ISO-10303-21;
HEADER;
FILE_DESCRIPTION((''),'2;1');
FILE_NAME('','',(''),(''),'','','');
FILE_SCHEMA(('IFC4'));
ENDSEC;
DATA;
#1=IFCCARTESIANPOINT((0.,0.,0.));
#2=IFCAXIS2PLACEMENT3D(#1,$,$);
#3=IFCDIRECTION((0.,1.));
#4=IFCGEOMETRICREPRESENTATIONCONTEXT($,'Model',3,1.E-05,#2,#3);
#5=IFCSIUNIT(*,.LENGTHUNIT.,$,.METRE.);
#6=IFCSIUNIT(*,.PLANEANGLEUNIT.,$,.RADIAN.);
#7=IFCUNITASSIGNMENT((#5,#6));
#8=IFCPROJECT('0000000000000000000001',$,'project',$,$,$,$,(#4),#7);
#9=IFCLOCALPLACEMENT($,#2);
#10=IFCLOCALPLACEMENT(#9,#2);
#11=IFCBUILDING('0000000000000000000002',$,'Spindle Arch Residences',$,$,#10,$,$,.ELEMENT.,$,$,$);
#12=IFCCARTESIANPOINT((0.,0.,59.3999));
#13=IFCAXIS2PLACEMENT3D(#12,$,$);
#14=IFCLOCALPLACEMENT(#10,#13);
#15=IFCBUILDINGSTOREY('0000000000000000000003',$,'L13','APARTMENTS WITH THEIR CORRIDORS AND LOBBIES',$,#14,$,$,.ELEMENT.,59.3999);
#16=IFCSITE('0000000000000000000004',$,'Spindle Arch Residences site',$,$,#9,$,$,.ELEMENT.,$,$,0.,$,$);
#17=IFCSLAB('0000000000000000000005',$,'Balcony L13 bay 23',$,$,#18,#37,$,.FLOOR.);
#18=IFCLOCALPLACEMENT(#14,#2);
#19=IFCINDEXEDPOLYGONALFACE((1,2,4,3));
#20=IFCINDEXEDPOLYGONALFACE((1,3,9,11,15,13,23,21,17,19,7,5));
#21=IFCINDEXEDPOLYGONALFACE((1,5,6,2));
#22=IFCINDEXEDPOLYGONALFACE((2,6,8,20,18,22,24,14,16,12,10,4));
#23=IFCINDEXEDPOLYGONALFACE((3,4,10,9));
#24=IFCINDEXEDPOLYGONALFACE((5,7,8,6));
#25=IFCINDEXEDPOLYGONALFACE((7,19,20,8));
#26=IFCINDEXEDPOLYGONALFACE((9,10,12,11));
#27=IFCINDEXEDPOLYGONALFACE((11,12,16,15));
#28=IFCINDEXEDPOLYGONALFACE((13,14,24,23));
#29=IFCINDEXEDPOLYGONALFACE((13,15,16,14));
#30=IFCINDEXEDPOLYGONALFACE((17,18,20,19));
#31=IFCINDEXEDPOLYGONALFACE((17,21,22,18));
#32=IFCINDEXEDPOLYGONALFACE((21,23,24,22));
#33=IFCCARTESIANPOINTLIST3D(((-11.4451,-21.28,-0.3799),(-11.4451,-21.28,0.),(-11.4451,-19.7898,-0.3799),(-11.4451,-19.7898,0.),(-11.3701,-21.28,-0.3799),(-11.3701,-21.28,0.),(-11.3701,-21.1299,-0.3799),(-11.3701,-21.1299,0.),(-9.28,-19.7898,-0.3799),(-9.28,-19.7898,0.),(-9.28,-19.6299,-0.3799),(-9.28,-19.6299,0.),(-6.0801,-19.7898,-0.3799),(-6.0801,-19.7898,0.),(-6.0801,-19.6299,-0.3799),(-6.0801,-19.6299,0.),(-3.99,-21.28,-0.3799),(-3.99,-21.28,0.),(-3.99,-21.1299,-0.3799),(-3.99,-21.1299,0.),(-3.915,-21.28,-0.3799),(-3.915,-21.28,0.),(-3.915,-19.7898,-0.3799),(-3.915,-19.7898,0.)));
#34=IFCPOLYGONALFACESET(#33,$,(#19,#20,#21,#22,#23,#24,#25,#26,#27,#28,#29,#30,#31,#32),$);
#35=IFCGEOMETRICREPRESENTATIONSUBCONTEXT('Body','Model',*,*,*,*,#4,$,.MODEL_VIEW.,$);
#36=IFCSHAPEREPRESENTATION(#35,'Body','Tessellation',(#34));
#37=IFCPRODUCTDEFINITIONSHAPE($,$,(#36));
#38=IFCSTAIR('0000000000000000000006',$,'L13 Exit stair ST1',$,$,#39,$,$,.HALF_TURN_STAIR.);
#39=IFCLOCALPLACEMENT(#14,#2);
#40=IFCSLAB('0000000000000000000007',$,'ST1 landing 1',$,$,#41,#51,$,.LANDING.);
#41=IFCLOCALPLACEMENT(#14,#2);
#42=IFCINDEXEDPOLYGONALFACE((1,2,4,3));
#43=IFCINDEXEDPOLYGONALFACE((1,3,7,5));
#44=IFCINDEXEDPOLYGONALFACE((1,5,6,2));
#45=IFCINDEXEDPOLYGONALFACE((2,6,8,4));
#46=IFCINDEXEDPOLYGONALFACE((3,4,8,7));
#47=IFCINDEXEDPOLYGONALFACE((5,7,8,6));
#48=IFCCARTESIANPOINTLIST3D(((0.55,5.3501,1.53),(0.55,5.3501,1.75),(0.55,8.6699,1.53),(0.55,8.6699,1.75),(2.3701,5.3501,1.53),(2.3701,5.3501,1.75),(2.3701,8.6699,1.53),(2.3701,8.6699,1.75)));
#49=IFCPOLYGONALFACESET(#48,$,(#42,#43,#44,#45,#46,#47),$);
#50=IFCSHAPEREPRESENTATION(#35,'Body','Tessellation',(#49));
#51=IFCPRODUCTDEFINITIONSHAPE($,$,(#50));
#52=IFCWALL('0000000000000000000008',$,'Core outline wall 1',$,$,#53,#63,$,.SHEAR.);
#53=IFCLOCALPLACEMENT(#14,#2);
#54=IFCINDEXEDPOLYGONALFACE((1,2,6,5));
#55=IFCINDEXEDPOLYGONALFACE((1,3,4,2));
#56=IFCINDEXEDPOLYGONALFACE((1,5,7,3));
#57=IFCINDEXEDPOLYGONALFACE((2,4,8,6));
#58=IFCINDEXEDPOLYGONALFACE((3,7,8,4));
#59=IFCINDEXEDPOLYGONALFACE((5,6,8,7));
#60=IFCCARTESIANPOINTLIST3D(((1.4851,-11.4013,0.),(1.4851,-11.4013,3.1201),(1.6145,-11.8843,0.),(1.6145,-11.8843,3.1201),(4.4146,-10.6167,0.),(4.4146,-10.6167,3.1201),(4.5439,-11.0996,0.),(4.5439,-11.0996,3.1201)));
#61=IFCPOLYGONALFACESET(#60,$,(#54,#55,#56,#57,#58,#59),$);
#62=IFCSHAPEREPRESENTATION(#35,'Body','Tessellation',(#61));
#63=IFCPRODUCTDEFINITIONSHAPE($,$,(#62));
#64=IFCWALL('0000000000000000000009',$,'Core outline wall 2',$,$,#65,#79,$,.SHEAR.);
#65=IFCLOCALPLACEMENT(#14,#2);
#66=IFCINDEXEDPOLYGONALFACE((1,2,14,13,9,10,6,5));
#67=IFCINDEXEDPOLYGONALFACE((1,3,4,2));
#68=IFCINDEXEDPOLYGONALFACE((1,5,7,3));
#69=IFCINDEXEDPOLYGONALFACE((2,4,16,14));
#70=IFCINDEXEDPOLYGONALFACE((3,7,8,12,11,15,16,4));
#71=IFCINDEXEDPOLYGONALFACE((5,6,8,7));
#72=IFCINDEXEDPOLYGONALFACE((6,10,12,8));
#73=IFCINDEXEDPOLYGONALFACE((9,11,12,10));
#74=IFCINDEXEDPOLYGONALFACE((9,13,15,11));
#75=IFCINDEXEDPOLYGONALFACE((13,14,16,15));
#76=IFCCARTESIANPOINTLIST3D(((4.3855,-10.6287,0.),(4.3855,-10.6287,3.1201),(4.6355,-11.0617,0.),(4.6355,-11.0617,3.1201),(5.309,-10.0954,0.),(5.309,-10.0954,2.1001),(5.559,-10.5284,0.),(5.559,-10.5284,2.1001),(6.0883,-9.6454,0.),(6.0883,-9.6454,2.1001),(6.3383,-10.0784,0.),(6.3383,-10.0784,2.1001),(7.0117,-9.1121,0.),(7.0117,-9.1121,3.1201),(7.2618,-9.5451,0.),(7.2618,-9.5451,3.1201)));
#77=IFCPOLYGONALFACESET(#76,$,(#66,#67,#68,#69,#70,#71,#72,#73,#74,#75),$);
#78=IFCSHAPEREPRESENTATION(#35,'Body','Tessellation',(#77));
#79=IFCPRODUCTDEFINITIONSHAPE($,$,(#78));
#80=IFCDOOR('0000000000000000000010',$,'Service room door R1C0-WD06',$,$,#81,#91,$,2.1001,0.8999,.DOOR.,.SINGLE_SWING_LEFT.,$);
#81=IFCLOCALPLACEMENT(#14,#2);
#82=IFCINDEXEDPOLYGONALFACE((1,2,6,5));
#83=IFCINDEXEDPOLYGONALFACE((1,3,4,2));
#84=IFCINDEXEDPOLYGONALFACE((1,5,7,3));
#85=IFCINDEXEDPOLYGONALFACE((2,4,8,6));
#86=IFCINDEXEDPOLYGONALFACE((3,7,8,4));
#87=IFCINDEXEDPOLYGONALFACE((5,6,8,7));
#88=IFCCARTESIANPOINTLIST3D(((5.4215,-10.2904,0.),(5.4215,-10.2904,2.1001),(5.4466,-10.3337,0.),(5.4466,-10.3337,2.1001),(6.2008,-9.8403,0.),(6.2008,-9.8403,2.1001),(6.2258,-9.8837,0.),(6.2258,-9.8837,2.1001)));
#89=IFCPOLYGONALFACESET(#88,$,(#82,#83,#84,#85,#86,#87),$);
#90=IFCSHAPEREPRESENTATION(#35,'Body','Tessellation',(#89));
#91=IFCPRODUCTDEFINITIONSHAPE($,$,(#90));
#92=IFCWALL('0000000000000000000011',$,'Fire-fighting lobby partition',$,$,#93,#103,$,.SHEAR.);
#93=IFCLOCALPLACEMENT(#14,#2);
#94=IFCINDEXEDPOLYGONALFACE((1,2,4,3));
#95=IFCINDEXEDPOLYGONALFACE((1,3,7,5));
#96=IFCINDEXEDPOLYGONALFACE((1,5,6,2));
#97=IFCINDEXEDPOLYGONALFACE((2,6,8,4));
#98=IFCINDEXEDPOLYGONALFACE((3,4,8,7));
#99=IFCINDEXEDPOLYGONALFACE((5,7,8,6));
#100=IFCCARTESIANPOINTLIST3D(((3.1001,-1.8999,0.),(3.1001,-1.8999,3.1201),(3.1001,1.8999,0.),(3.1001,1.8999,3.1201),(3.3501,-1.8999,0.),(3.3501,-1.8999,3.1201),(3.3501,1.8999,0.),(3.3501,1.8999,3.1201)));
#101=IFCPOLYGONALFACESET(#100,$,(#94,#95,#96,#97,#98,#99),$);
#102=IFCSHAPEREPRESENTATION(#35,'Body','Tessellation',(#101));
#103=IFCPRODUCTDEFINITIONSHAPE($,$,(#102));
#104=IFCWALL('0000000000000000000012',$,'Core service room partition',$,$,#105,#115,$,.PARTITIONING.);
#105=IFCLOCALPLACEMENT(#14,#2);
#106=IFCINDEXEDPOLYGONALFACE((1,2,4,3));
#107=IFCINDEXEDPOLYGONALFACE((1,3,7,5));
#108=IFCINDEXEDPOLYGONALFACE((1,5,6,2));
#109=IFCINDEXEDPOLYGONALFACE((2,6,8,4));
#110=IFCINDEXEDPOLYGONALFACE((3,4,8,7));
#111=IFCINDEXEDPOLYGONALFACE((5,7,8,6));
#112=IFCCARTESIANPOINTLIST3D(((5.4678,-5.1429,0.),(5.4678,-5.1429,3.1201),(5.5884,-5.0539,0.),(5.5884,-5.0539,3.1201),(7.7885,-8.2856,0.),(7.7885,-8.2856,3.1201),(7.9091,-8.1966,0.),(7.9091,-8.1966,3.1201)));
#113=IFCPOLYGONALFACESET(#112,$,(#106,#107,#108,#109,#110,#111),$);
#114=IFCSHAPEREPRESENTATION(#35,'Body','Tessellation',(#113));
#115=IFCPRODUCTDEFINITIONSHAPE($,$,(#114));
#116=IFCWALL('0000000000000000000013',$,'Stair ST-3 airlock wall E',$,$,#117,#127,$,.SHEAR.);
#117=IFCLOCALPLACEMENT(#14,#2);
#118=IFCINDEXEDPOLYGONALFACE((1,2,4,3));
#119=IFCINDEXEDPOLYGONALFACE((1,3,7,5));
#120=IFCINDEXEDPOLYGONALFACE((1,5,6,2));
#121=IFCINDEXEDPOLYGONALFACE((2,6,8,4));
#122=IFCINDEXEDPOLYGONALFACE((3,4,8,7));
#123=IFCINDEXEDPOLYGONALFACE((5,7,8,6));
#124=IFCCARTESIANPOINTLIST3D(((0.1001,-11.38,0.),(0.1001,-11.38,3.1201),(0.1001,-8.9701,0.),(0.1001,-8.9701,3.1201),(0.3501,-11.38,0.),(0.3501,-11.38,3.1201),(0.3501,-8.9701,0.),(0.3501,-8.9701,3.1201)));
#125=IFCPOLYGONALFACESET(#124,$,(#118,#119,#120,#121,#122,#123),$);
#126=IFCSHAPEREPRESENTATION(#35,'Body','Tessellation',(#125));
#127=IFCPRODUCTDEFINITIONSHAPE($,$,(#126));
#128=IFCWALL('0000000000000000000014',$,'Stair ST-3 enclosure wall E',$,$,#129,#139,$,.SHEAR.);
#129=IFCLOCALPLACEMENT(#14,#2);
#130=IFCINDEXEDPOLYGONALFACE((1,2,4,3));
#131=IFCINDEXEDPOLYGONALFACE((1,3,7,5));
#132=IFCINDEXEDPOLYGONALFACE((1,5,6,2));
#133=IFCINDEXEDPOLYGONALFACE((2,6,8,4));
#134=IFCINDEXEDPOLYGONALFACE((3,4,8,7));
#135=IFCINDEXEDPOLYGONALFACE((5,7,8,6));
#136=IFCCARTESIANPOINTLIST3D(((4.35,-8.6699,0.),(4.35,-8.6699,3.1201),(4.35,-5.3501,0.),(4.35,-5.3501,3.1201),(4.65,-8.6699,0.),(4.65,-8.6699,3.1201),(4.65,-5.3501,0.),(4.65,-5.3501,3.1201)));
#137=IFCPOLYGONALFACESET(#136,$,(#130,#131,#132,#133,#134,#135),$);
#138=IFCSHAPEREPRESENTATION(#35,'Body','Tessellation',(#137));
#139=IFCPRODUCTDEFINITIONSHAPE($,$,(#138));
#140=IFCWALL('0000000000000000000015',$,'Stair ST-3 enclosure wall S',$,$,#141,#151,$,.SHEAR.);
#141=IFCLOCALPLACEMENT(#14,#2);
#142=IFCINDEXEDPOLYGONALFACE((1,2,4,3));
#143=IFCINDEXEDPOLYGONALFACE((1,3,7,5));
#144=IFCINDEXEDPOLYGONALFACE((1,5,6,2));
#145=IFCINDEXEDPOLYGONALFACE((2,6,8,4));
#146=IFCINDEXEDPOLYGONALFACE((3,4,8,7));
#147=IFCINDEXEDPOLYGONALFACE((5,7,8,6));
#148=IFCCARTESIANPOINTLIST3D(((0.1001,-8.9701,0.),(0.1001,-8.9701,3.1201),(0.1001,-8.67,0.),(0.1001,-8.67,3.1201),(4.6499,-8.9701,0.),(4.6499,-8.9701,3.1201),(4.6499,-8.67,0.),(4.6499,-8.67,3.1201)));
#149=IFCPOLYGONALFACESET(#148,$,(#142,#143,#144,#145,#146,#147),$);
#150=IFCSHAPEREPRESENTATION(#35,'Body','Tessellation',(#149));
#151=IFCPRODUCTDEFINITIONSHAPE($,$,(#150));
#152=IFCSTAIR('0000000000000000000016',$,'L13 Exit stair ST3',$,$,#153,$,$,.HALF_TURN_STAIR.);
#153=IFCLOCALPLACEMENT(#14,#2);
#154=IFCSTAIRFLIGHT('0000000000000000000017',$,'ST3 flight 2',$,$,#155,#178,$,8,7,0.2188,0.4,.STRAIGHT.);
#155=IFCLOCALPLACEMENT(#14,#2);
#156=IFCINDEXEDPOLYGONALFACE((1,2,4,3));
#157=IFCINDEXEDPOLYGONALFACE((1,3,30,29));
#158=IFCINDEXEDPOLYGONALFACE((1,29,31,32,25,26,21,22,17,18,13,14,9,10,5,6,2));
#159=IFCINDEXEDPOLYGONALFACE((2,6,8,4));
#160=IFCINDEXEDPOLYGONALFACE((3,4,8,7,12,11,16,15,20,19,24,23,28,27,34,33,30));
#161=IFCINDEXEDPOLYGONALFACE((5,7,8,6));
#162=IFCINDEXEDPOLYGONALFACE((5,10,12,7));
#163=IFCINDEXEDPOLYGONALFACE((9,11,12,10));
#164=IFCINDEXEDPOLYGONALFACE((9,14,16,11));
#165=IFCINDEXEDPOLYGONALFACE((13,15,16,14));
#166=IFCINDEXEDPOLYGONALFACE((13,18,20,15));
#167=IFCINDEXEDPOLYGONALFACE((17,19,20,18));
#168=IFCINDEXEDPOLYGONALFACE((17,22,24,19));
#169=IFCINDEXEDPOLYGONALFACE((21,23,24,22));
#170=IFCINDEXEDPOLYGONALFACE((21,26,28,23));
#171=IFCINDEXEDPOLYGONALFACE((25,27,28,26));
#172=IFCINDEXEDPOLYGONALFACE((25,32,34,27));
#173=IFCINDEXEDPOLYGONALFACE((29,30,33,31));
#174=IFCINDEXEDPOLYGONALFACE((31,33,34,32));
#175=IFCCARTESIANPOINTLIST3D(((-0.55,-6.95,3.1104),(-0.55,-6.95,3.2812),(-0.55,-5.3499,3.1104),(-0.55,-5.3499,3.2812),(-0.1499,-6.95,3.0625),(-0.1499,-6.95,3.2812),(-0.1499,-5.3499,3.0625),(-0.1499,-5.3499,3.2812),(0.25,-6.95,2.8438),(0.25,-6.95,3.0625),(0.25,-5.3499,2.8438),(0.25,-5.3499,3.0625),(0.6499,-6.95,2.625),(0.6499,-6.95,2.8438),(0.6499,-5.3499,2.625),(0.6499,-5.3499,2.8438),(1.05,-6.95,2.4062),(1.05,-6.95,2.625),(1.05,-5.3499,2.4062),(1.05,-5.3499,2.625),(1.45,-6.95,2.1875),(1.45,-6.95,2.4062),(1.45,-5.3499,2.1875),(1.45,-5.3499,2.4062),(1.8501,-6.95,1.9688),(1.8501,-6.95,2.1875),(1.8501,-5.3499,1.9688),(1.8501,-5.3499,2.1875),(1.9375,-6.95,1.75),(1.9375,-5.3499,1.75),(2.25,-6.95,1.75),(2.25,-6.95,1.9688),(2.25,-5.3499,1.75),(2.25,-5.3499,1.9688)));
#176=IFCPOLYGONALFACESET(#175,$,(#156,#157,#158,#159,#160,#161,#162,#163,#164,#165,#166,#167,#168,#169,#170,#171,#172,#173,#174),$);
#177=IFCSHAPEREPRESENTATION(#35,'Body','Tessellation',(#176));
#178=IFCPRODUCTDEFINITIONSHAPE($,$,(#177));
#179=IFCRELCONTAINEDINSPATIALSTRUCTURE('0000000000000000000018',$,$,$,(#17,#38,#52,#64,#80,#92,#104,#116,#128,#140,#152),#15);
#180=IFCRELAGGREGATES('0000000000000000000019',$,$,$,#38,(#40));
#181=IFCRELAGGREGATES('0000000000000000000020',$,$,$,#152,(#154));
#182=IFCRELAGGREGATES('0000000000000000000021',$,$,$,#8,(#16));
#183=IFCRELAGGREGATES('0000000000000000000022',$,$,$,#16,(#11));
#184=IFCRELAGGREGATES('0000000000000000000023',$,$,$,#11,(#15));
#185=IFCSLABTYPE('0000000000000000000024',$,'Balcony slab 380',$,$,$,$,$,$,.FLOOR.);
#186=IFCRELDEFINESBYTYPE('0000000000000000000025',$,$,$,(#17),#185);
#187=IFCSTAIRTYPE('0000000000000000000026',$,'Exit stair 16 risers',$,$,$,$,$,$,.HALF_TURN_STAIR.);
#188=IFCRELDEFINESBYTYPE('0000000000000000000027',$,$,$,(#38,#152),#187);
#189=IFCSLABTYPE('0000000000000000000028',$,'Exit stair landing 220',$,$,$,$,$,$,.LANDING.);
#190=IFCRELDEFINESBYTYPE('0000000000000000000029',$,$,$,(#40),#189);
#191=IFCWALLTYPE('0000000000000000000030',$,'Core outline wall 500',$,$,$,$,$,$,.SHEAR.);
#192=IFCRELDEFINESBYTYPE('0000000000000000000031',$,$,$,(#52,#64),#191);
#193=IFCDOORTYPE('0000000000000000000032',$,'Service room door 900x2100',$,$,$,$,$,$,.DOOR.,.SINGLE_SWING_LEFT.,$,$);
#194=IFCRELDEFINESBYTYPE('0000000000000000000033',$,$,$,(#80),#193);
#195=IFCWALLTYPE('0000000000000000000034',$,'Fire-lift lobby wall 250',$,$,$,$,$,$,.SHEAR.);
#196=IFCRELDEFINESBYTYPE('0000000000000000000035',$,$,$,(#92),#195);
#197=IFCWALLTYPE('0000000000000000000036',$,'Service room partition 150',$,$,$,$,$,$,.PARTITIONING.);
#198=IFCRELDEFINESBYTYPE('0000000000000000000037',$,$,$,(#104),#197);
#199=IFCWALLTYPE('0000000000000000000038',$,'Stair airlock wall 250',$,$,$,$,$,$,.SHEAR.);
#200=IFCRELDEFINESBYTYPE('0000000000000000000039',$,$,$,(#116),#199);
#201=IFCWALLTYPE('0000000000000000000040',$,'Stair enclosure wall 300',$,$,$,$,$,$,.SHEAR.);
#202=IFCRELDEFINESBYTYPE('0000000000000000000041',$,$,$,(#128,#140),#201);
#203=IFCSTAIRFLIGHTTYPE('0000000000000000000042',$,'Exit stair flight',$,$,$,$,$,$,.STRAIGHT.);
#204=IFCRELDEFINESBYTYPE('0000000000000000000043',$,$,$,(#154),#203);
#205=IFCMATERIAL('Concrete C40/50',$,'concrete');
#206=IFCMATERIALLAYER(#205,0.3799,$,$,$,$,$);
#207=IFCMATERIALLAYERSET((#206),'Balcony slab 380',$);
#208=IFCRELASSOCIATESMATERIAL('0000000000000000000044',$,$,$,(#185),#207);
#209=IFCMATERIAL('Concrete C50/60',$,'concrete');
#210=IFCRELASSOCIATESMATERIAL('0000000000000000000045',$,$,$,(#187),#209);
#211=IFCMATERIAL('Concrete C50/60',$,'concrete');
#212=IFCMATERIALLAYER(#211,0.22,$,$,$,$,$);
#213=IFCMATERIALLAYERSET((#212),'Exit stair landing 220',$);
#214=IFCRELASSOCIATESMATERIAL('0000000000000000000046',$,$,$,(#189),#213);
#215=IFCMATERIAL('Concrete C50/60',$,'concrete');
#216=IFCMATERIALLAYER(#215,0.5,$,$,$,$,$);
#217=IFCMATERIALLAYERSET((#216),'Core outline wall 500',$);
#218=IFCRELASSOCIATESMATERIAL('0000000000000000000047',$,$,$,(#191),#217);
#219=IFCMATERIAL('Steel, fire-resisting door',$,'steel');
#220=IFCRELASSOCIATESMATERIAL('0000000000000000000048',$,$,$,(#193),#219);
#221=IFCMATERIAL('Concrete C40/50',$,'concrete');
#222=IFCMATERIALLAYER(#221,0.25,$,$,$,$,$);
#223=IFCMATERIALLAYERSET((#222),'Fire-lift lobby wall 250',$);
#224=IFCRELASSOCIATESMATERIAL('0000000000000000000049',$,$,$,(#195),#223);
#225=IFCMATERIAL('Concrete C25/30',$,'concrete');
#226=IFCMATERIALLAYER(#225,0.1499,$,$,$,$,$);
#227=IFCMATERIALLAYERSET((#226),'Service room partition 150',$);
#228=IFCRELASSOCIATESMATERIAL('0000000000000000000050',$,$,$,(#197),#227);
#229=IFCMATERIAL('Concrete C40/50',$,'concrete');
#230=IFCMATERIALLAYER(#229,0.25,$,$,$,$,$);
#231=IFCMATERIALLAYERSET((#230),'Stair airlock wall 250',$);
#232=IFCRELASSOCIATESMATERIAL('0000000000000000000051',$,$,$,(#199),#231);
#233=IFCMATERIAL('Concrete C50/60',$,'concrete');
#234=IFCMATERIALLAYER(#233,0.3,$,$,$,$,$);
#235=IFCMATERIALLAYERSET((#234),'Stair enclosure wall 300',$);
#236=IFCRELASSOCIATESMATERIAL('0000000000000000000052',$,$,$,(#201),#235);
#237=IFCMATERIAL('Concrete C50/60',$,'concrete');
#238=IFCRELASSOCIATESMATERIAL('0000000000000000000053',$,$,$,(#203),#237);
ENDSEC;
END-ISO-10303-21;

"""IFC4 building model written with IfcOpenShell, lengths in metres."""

from ifc_helpers import new_model, si_unit, direction, frame, frame_2d, origin, place, context, subcontext, project, spatial, polyline, rectangle, outline, extrude, material, layer, layer_set, type_object, element, fill, aggregate, save


model = new_model("IFC4")

# Units and contexts
model_context = context("Model", 3, precision=1e-05, world=origin(), true_north=direction((0.0, 1.0)))
body_context = subcontext(model_context, "Body", "Model", "MODEL_VIEW")
ifc_project = project(units=[si_unit("LENGTHUNIT", "METRE"), si_unit("PLANEANGLEUNIT", "RADIAN")], contexts=[model_context])

# Site, building, storey
site_placement = place(None, origin())
site = spatial("IfcSite", under=ifc_project, at=site_placement, Name="Spindle Arch Residences site", CompositionType="ELEMENT", RefElevation=0.0)
building_placement = place(site_placement, origin())
building = spatial("IfcBuilding", under=site, at=building_placement, Name="Spindle Arch Residences", CompositionType="ELEMENT")
storey_placement = place(building_placement, frame((0.0, 0.0, 59.3999)))
storey = spatial("IfcBuildingStorey", under=building, at=storey_placement, Name="L13", Description="APARTMENTS WITH THEIR CORRIDORS AND LOBBIES", CompositionType="ELEMENT", Elevation=59.3999)

# Slab
ifc_material_1 = material(Name="Concrete C40/50", Category="concrete")
ifc_layer_1 = layer(ifc_material_1, 0.3799)
ifc_layer_set_1 = layer_set([ifc_layer_1], Name="Balcony slab 380")
slab_type_1 = type_object("IfcSlabType", Name="Balcony slab 380", PredefinedType="FLOOR", material=ifc_layer_set_1)
slab_1_placement = place(storey_placement, frame((0.0, 0.0, -0.3799)))
element("IfcSlab", 1, at=slab_1_placement, inside=storey, type_object=slab_type_1, Name="Balcony L13 bay 23", PredefinedType="FLOOR", context=body_context, shape_type="SweptSolid", body=[
    extrude(outline(polyline([(-11.4451, -21.28), (-11.3701, -21.28), (-11.3701, -21.1299), (-3.99, -21.1299), (-3.99, -21.28), (-3.915, -21.28), (-3.915, -19.7898), (-6.0801, -19.7898), (-6.0801, -19.6299), (-9.28, -19.6299), (-9.28, -19.7898), (-11.4451, -19.7898), (-11.4451, -21.28)])), origin(), (0.0, 0.0, 1.0), 0.3799),
])

# Stair, slab
ifc_material_2 = material(Name="Concrete C50/60", Category="concrete")
stair_type = type_object("IfcStairType", Name="Exit stair 16 risers", PredefinedType="HALF_TURN_STAIR", material=ifc_material_2)
stair_1_placement = place(storey_placement, origin())
stair_1 = element("IfcStair", 2, at=stair_1_placement, inside=storey, type_object=stair_type, Name="L13 Exit stair ST1", PredefinedType="HALF_TURN_STAIR")
ifc_material_3 = material(Name="Concrete C50/60", Category="concrete")
ifc_layer_2 = layer(ifc_material_3, 0.22)
ifc_layer_set_2 = layer_set([ifc_layer_2], Name="Exit stair landing 220")
slab_type_2 = type_object("IfcSlabType", Name="Exit stair landing 220", PredefinedType="LANDING", material=ifc_layer_set_2)
slab_2_placement = place(storey_placement, frame((0.0, 0.0, 1.53)))
slab_2 = element("IfcSlab", 3, at=slab_2_placement, type_object=slab_type_2, Name="ST1 landing 1", PredefinedType="LANDING", context=body_context, shape_type="SweptSolid", body=[
    extrude(outline(polyline([(2.3701, 8.6699), (0.55, 8.6699), (0.55, 5.3501), (2.3701, 5.3501), (2.3701, 8.6699)])), origin(), (0.0, 0.0, 1.0), 0.22),
])
aggregate(stair_1, [slab_2])

# Wall
ifc_material_4 = material(Name="Concrete C50/60", Category="concrete")
ifc_layer_3 = layer(ifc_material_4, 0.5)
ifc_layer_set_3 = layer_set([ifc_layer_3], Name="Core outline wall 500")
wall_type_1 = type_object("IfcWallType", Name="Core outline wall 500", PredefinedType="SHEAR", material=ifc_layer_set_3)
wall_1_placement = place(storey_placement, frame((1.5498, -11.6428, 0.0), z_axis=(0.0, 0.0, 1.0), x_axis=(0.965948, 0.258735, 0.0)))
element("IfcWall", 4, at=wall_1_placement, inside=storey, type_object=wall_type_1, Name="Core outline wall 1", PredefinedType="SHEAR", context=body_context, shape_type="SweptSolid", body=[
    extrude(rectangle(XDim=3.0327, YDim=0.5, at=frame_2d((1.5164, 0.0))), origin(), (0.0, 0.0, 1.0), 3.1201),
])

# Wall, opening, door
wall_2_placement = place(storey_placement, frame((4.5105, -10.8452, 0.0), z_axis=(0.0, 0.0, 1.0), x_axis=(0.865975, 0.500087, 0.0)))
wall_2 = element("IfcWall", 5, at=wall_2_placement, inside=storey, type_object=wall_type_1, Name="Core outline wall 2", PredefinedType="SHEAR", context=body_context, shape_type="SweptSolid", body=[
    extrude(rectangle(XDim=3.0327, YDim=0.5, at=frame_2d((1.5164, 0.0))), origin(), (0.0, 0.0, 1.0), 3.1201),
])
opening_1_placement = place(wall_2_placement, frame((1.0664, 0.0, 0.0)))
opening_1 = element("IfcOpeningElement", 6, at=opening_1_placement, cuts=wall_2, PredefinedType="OPENING", context=body_context, shape_type="SweptSolid", body=[
    extrude(rectangle(XDim=0.8999, YDim=2.1001, at=frame_2d((0.45, 1.05))), frame((0.0, 0.26, 0.0), z_axis=(0.0, -1.0, 0.0), x_axis=(1.0, 0.0, 0.0)), (0.0, 0.0, 1.0), 0.52),
])
ifc_material_5 = material(Name="Steel, fire-resisting door", Category="steel")
door_type_1 = type_object("IfcDoorType", Name="Service room door 900x2100", OperationType="SINGLE_SWING_LEFT", PredefinedType="DOOR", material=ifc_material_5)
door_1_placement = place(opening_1_placement, origin())
door_1 = element("IfcDoor", 7, at=door_1_placement, inside=storey, type_object=door_type_1, Name="Service room door R1C0-WD06", OperationType="SINGLE_SWING_LEFT", OverallHeight=2.1001, OverallWidth=0.8999, PredefinedType="DOOR", context=body_context, shape_type="SweptSolid", body=[
    extrude(rectangle(XDim=0.8999, YDim=2.1001, at=frame_2d((0.45, 1.05))), frame((0.0, 0.0249, 0.0), z_axis=(0.0, -1.0, 0.0), x_axis=(1.0, 0.0, 0.0)), (0.0, 0.0, 1.0), 0.05),
])
fill(opening_1, door_1)

# Wall
ifc_material_6 = material(Name="Concrete C40/50", Category="concrete")
ifc_layer_4 = layer(ifc_material_6, 0.25)
ifc_layer_set_4 = layer_set([ifc_layer_4], Name="Fire-lift lobby wall 250")
wall_type_2 = type_object("IfcWallType", Name="Fire-lift lobby wall 250", PredefinedType="SHEAR", material=ifc_layer_set_4)
wall_3_placement = place(storey_placement, frame((3.2251, -1.8999, 0.0), z_axis=(0.0, 0.0, 1.0), x_axis=(0.0, 1.0, 0.0)))
element("IfcWall", 8, at=wall_3_placement, inside=storey, type_object=wall_type_2, Name="Fire-fighting lobby partition", PredefinedType="SHEAR", context=body_context, shape_type="SweptSolid", body=[
    extrude(rectangle(XDim=3.7998, YDim=0.25, at=frame_2d((1.8999, 0.0))), origin(), (0.0, 0.0, 1.0), 3.1201),
])

# Walls
ifc_material_7 = material(Name="Concrete C25/30", Category="concrete")
ifc_layer_5 = layer(ifc_material_7, 0.1499)
ifc_layer_set_5 = layer_set([ifc_layer_5], Name="Service room partition 150")
wall_type_3 = type_object("IfcWallType", Name="Service room partition 150", PredefinedType="PARTITIONING", material=ifc_layer_set_5)
wall_4_placement = place(storey_placement, frame((5.5281, -5.0984, 0.0), z_axis=(0.0, 0.0, 1.0), x_axis=(0.594034, -0.80444, 0.0)))
element("IfcWall", 9, at=wall_4_placement, inside=storey, type_object=wall_type_3, Name="Core service room partition", PredefinedType="PARTITIONING", context=body_context, shape_type="SweptSolid", body=[
    extrude(rectangle(XDim=3.9067, YDim=0.1499, at=frame_2d((1.9534, 0.0))), origin(), (0.0, 0.0, 1.0), 3.1201),
])
ifc_material_8 = material(Name="Concrete C40/50", Category="concrete")
ifc_layer_6 = layer(ifc_material_8, 0.25)
ifc_layer_set_6 = layer_set([ifc_layer_6], Name="Stair airlock wall 250")
wall_type_4 = type_object("IfcWallType", Name="Stair airlock wall 250", PredefinedType="SHEAR", material=ifc_layer_set_6)
wall_5_placement = place(storey_placement, frame((0.2251, -8.97, 0.0), z_axis=(0.0, 0.0, 1.0), x_axis=(0.0, -1.0, 0.0)))
element("IfcWall", 10, at=wall_5_placement, inside=storey, type_object=wall_type_4, Name="Stair ST-3 airlock wall E", PredefinedType="SHEAR", context=body_context, shape_type="SweptSolid", body=[
    extrude(rectangle(XDim=2.4099, YDim=0.25, at=frame_2d((1.2051, 0.0))), origin(), (0.0, 0.0, 1.0), 3.1201),
])
ifc_material_9 = material(Name="Concrete C50/60", Category="concrete")
ifc_layer_7 = layer(ifc_material_9, 0.3)
ifc_layer_set_7 = layer_set([ifc_layer_7], Name="Stair enclosure wall 300")
wall_type_5 = type_object("IfcWallType", Name="Stair enclosure wall 300", PredefinedType="SHEAR", material=ifc_layer_set_7)
wall_6_placement = place(storey_placement, frame((4.5, -8.6699, 0.0), z_axis=(0.0, 0.0, 1.0), x_axis=(0.0, 1.0, 0.0)))
element("IfcWall", 11, at=wall_6_placement, inside=storey, type_object=wall_type_5, Name="Stair ST-3 enclosure wall E", PredefinedType="SHEAR", context=body_context, shape_type="SweptSolid", body=[
    extrude(rectangle(XDim=3.3198, YDim=0.3, at=frame_2d((1.6599, 0.0))), origin(), (0.0, 0.0, 1.0), 3.1201),
])
wall_7_placement = place(storey_placement, frame((0.1001, -8.8201, 0.0), z_axis=(0.0, 0.0, 1.0), x_axis=(1.0, 0.0, 0.0)))
element("IfcWall", 12, at=wall_7_placement, inside=storey, type_object=wall_type_5, Name="Stair ST-3 enclosure wall S", PredefinedType="SHEAR", context=body_context, shape_type="SweptSolid", body=[
    extrude(rectangle(XDim=4.5498, YDim=0.3, at=frame_2d((2.2749, 0.0))), origin(), (0.0, 0.0, 1.0), 3.1201),
])

# Stair, stair flight
stair_2_placement = place(storey_placement, origin())
stair_2 = element("IfcStair", 13, at=stair_2_placement, inside=storey, type_object=stair_type, Name="L13 Exit stair ST3", PredefinedType="HALF_TURN_STAIR")
ifc_material_10 = material(Name="Concrete C50/60", Category="concrete")
stair_flight_type = type_object("IfcStairFlightType", Name="Exit stair flight", PredefinedType="STRAIGHT", material=ifc_material_10)
stair_flight_placement = place(storey_placement, frame((2.25, -6.1499, 1.75), z_axis=(0.0, 0.0, 1.0), x_axis=(-1.0, 0.0, 0.0)))
stair_flight = element("IfcStairFlight", 14, at=stair_flight_placement, type_object=stair_flight_type, Name="ST3 flight 2", NumberOfRisers=8, NumberOfTreads=7, PredefinedType="STRAIGHT", RiserHeight=0.2188, TreadLength=0.4, context=body_context, shape_type="SweptSolid", body=[
    extrude(outline(polyline([(0.0, 0.0), (0.0, 0.2188), (0.3999, 0.2188), (0.3999, 0.4375), (0.8, 0.4375), (0.8, 0.6562), (1.2, 0.6562), (1.2, 0.875), (1.6001, 0.875), (1.6001, 1.0938), (2.0, 1.0938), (2.0, 1.3125), (2.3999, 1.3125), (2.3999, 1.5312), (2.8, 1.5312), (2.8, 1.75), (2.8, 1.3604), (0.3125, 0.0), (0.0, 0.0)])), frame((0.0, 0.8, 0.0), z_axis=(0.0, -1.0, 0.0), x_axis=(1.0, 0.0, 0.0)), (0.0, 0.0, 1.0), 1.6001),
])
aggregate(stair_2, [stair_flight])

save(model, "model.ifc")
